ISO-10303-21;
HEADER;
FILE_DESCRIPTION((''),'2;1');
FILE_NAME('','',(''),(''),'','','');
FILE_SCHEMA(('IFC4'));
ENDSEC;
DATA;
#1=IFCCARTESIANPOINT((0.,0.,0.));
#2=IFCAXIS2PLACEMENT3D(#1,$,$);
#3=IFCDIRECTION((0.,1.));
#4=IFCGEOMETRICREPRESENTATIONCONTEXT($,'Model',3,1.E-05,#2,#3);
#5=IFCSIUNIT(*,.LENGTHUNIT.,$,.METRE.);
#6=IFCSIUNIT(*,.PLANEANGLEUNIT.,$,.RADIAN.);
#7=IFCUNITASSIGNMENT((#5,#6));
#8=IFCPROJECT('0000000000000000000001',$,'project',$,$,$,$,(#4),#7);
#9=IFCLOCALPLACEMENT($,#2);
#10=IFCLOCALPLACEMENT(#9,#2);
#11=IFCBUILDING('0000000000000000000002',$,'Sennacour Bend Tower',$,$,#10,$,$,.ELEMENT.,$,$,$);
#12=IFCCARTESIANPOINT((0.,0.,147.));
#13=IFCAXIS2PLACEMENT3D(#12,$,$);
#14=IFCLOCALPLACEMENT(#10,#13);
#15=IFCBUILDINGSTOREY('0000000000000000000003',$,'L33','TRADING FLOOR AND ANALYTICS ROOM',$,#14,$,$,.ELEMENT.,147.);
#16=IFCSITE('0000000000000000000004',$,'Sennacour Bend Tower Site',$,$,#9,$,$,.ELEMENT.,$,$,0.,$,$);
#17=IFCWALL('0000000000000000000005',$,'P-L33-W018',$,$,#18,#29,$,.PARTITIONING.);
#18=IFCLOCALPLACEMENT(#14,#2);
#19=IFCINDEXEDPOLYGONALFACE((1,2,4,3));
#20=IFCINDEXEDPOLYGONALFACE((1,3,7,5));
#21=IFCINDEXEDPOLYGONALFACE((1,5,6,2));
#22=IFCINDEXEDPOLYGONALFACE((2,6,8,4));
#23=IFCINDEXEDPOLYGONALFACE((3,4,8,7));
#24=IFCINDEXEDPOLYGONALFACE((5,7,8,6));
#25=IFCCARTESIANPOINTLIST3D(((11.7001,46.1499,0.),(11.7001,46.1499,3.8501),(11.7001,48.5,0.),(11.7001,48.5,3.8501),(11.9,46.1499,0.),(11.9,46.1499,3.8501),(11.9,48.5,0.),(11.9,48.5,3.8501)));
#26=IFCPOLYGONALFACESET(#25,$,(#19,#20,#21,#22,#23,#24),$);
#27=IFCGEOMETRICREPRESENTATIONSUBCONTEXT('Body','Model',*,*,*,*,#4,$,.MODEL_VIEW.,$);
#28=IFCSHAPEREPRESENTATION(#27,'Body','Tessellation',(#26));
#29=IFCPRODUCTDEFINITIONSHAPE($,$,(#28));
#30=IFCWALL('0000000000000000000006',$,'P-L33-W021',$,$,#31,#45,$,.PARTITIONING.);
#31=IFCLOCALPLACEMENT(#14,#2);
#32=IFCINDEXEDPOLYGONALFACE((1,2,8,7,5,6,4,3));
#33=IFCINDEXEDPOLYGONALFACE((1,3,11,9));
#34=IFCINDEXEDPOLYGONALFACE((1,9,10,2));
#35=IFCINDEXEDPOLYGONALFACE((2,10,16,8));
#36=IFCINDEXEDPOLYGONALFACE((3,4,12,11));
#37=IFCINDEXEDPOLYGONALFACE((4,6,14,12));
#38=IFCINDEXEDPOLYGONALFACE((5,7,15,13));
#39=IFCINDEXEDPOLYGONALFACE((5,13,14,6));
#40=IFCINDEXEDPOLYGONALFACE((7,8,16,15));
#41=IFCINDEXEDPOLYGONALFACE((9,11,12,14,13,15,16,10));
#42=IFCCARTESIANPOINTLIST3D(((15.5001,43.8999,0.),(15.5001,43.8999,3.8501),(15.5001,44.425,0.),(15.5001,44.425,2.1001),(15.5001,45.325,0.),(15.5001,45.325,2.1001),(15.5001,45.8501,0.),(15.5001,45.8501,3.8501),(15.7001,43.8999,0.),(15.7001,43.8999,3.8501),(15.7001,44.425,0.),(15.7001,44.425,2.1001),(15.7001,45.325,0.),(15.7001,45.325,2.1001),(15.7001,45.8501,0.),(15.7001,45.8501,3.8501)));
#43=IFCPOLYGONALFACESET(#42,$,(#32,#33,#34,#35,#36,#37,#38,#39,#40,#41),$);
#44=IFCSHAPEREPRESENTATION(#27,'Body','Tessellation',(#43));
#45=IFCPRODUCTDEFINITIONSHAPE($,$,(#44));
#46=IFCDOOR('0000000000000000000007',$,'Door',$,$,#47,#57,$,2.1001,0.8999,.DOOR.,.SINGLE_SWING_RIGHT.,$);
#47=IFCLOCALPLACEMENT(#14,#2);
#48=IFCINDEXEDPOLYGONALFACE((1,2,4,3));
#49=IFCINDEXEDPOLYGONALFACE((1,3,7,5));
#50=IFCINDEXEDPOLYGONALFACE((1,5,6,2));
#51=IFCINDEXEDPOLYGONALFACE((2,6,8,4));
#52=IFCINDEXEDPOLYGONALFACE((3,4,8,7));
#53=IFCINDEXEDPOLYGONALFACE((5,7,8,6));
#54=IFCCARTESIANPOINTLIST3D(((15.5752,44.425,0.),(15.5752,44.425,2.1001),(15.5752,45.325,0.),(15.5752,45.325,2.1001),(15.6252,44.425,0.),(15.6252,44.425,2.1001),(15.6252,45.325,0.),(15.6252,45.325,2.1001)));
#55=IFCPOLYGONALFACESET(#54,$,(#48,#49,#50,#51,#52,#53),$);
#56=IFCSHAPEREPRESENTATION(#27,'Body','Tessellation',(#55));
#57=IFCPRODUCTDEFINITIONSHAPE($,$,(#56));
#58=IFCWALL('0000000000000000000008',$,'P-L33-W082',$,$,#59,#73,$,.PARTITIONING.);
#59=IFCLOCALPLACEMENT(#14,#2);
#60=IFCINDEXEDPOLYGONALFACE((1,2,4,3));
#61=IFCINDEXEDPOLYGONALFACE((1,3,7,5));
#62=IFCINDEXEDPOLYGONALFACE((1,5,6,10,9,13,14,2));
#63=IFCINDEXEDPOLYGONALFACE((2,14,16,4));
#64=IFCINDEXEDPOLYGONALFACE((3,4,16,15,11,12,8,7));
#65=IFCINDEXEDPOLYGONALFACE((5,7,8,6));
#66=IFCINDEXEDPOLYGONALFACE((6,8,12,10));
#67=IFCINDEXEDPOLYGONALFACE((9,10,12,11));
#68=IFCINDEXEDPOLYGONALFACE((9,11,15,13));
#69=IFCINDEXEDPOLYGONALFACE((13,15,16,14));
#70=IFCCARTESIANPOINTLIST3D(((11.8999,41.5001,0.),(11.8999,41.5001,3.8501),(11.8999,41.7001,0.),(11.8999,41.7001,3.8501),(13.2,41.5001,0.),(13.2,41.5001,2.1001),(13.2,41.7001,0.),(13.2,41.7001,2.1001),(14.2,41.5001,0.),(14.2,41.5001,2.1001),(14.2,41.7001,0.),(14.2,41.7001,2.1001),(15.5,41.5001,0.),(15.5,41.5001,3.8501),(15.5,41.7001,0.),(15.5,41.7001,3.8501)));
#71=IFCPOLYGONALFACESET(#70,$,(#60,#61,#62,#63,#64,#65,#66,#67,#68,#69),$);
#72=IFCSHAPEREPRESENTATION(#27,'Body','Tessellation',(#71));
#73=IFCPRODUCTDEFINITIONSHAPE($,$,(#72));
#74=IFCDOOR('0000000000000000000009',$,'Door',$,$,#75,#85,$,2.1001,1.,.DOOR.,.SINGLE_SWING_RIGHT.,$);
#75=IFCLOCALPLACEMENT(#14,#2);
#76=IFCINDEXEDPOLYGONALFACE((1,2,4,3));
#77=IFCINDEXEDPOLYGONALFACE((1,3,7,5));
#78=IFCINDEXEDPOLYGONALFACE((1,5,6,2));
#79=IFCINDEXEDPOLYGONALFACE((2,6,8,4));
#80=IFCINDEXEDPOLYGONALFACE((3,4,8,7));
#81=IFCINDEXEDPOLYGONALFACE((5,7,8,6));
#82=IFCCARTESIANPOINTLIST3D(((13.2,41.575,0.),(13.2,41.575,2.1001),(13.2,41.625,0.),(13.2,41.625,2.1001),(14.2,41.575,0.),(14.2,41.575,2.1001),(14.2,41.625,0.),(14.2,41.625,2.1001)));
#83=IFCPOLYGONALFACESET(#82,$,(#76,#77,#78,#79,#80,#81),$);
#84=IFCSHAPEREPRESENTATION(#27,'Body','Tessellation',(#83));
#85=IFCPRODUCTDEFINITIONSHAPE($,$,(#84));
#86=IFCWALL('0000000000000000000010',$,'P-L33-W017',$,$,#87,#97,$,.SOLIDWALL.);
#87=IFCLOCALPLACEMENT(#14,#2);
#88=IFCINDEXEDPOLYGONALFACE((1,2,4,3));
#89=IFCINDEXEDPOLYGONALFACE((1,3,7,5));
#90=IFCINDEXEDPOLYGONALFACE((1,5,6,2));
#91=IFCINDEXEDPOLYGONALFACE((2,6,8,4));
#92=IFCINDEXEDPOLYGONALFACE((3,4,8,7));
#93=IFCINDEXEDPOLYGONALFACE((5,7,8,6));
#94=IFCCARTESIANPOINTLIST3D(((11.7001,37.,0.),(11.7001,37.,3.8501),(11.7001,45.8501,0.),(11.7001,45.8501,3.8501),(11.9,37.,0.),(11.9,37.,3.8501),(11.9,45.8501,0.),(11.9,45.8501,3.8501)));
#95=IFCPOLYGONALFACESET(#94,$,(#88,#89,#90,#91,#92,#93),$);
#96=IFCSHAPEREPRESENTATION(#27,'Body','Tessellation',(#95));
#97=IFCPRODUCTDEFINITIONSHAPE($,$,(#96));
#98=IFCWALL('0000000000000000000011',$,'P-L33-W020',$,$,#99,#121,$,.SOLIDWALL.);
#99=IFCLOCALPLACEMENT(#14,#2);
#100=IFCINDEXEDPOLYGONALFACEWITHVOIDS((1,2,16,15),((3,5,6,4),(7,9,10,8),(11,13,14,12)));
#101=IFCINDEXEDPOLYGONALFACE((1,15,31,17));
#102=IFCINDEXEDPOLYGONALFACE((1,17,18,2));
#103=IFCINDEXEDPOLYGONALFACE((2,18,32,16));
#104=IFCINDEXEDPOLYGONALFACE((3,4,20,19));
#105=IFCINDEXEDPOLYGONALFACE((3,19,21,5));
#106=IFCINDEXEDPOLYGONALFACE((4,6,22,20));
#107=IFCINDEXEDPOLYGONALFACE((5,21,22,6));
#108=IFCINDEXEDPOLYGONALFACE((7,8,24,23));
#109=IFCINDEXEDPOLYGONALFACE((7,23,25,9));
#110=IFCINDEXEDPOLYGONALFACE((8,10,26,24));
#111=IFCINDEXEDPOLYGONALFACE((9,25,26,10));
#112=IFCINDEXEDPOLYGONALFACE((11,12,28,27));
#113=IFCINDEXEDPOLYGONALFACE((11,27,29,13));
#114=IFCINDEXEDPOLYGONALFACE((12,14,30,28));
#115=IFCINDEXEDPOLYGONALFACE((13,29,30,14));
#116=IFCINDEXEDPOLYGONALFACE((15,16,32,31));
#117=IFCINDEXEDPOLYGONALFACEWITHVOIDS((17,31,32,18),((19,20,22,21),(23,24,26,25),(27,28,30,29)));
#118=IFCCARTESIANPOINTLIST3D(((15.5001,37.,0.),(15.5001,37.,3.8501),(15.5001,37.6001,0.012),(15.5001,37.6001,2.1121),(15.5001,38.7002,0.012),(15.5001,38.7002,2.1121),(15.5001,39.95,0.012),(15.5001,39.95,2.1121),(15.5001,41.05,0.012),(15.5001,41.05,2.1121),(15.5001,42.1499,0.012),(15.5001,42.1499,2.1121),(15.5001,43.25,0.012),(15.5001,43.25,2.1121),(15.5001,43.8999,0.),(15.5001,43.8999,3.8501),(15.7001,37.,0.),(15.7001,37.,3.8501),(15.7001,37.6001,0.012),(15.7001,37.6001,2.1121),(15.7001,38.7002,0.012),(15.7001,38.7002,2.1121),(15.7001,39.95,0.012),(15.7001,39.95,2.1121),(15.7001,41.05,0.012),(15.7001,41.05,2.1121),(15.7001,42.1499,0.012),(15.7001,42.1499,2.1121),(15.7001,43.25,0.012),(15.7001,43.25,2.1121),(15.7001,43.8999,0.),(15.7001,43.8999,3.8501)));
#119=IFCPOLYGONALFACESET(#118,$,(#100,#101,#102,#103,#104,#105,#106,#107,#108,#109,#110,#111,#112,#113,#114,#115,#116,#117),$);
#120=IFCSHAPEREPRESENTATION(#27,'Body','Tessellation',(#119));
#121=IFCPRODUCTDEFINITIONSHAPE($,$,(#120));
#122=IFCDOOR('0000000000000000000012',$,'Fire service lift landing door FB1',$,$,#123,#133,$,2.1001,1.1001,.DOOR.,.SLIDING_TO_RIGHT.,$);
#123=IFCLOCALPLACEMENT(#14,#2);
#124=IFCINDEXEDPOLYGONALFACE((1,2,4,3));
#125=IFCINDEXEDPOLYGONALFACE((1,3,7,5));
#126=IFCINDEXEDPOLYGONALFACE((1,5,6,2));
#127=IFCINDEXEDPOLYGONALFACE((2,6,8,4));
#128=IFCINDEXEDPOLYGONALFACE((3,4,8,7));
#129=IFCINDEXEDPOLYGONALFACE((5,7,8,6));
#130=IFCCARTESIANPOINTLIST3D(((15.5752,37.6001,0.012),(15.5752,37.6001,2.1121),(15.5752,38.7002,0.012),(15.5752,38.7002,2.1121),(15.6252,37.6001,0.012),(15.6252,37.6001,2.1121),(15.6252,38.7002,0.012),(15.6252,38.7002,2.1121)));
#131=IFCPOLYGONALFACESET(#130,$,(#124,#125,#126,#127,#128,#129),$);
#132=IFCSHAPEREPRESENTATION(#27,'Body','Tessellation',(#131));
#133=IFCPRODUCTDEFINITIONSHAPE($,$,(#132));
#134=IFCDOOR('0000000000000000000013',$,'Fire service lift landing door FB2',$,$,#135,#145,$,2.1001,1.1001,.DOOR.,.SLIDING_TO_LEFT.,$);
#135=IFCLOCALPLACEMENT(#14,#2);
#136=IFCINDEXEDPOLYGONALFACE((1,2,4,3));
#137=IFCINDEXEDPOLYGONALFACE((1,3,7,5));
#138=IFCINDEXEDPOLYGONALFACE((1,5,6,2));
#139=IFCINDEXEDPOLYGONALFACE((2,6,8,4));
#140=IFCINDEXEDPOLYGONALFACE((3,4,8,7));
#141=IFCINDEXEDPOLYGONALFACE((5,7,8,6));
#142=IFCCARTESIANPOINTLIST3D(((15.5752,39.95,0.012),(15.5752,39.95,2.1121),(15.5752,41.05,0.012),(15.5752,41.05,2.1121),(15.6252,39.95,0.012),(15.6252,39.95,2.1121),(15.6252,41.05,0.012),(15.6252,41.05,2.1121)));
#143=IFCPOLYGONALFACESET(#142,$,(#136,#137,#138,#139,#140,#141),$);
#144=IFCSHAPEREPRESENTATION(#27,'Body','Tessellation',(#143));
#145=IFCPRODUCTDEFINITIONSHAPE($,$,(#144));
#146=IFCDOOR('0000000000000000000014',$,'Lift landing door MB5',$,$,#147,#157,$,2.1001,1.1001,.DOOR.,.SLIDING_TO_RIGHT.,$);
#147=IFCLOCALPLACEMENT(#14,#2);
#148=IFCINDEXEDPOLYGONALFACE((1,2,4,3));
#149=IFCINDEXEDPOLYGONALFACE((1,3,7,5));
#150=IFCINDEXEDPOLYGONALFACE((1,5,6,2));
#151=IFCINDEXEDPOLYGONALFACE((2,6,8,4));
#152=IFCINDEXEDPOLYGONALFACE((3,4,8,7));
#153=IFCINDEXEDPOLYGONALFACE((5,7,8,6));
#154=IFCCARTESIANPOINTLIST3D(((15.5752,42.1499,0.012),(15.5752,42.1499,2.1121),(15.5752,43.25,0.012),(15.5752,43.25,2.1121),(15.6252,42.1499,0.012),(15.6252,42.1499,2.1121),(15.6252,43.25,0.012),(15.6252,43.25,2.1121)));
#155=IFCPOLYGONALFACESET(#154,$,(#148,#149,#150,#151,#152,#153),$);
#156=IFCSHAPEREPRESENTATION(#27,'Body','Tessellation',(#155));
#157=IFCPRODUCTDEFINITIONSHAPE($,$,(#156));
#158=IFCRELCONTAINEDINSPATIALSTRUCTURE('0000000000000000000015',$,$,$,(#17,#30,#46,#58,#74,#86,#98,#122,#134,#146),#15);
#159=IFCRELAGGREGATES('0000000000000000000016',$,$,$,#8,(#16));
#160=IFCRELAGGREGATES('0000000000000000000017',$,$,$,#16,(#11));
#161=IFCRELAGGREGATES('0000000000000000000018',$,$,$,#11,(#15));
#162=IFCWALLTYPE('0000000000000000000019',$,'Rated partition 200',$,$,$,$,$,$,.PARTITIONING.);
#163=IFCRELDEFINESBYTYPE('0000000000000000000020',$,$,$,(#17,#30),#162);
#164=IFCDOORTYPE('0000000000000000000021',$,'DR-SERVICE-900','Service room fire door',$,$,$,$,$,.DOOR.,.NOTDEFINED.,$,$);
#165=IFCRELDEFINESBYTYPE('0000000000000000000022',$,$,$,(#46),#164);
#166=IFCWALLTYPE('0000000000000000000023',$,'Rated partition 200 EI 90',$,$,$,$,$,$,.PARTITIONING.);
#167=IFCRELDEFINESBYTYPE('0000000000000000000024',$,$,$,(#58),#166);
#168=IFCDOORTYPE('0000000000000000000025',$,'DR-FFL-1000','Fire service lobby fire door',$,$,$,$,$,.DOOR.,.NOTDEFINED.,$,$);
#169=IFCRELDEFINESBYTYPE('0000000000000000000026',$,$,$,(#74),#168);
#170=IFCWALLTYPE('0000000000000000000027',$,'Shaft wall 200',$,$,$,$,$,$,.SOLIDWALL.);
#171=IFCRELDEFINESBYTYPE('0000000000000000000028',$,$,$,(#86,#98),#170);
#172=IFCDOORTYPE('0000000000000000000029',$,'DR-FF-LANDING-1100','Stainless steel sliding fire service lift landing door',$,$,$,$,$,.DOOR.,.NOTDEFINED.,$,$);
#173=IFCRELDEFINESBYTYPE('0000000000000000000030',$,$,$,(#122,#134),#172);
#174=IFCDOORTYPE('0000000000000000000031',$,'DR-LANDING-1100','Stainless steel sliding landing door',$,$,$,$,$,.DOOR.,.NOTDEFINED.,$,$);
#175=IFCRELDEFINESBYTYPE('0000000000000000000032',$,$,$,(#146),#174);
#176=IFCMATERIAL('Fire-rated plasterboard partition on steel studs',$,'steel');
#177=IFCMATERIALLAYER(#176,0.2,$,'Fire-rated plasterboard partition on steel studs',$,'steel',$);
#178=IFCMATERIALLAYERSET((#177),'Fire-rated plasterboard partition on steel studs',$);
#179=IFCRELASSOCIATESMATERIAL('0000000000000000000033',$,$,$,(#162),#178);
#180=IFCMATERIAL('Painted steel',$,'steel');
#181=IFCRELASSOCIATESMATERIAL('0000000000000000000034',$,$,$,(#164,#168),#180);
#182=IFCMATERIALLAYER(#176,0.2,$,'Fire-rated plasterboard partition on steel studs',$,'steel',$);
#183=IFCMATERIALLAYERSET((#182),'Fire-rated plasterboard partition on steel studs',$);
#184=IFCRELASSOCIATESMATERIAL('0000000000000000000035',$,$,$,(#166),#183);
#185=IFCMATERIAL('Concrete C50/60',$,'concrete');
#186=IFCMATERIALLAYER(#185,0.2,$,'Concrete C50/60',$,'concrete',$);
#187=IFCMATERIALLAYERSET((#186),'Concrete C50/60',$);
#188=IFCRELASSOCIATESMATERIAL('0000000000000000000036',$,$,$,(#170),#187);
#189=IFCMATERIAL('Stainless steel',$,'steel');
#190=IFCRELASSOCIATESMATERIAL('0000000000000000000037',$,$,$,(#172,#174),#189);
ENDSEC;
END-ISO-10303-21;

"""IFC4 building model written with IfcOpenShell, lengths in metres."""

from ifc_helpers import new_model, si_unit, direction, frame, frame_2d, origin, place, context, subcontext, project, spatial, rectangle, extrude, material, layer, layer_set, type_object, element, fill, save


model = new_model("IFC4")

# Units and contexts
model_context = context("Model", 3, precision=1e-05, world=origin(), true_north=direction((0.0, 1.0)))
body_context = subcontext(model_context, "Body", "Model", "MODEL_VIEW")
ifc_project = project(units=[si_unit("LENGTHUNIT", "METRE"), si_unit("PLANEANGLEUNIT", "RADIAN")], contexts=[model_context])

# Site, building, storey
site_placement = place(None, origin())
site = spatial("IfcSite", under=ifc_project, at=site_placement, Name="Sennacour Bend Tower Site", CompositionType="ELEMENT", RefElevation=0.0)
building_placement = place(site_placement, origin())
building = spatial("IfcBuilding", under=site, at=building_placement, Name="Sennacour Bend Tower", CompositionType="ELEMENT")
storey_placement = place(building_placement, frame((0.0, 0.0, 147.0)))
storey = spatial("IfcBuildingStorey", under=building, at=storey_placement, Name="L33", Description="TRADING FLOOR AND ANALYTICS ROOM", CompositionType="ELEMENT", Elevation=147.0)

# Wall
ifc_material_1 = material(Name="Fire-rated plasterboard partition on steel studs", Category="steel")
ifc_layer_1 = layer(ifc_material_1, 0.2, Name="Fire-rated plasterboard partition on steel studs", Category="steel")
ifc_layer_set_1 = layer_set([ifc_layer_1], Name="Fire-rated plasterboard partition on steel studs")
wall_type_1 = type_object("IfcWallType", Name="Rated partition 200", PredefinedType="PARTITIONING", material=ifc_layer_set_1)
wall_1_placement = place(storey_placement, frame((11.8, 46.1499, 0.0), z_axis=(0.0, 0.0, 1.0), x_axis=(0.0, 1.0, 0.0)))
element("IfcWall", 1, at=wall_1_placement, inside=storey, type_object=wall_type_1, Name="P-L33-W018", PredefinedType="PARTITIONING", context=body_context, shape_type="SweptSolid", body=[
    extrude(rectangle(XDim=2.3501, YDim=0.2, at=frame_2d((1.175, 0.0))), origin(), (0.0, 0.0, 1.0), 3.8501),
])

# Walls, openings, doors
wall_2_placement = place(storey_placement, frame((15.6001, 43.8999, 0.0), z_axis=(0.0, 0.0, 1.0), x_axis=(0.0, 1.0, 0.0)))
wall_2 = element("IfcWall", 2, at=wall_2_placement, inside=storey, type_object=wall_type_1, Name="P-L33-W021", PredefinedType="PARTITIONING", context=body_context, shape_type="SweptSolid", body=[
    extrude(rectangle(XDim=1.9502, YDim=0.2, at=frame_2d((0.9751, 0.0))), origin(), (0.0, 0.0, 1.0), 3.8501),
])
opening_1_placement = place(wall_2_placement, frame((0.5251, 0.0, 0.0)))
opening_1 = element("IfcOpeningElement", 3, at=opening_1_placement, cuts=wall_2, PredefinedType="OPENING", context=body_context, shape_type="SweptSolid", body=[
    extrude(rectangle(XDim=0.8999, YDim=2.1001, at=frame_2d((0.45, 1.05))), frame((0.0, 0.1099, 0.0), z_axis=(0.0, -1.0, 0.0), x_axis=(1.0, 0.0, 0.0)), (0.0, 0.0, 1.0), 0.22),
])
ifc_material_2 = material(Name="Painted steel", Category="steel")
door_type_1 = type_object("IfcDoorType", Name="DR-SERVICE-900", Description="Service room fire door", OperationType="NOTDEFINED", PredefinedType="DOOR", material=ifc_material_2)
door_1_placement = place(opening_1_placement, origin())
door_1 = element("IfcDoor", 4, at=door_1_placement, inside=storey, type_object=door_type_1, Name="Door", OperationType="SINGLE_SWING_RIGHT", OverallHeight=2.1001, OverallWidth=0.8999, PredefinedType="DOOR", context=body_context, shape_type="SweptSolid", body=[
    extrude(rectangle(XDim=0.8999, YDim=2.1001, at=frame_2d((0.45, 1.05))), frame((0.0, 0.0249, 0.0), z_axis=(0.0, -1.0, 0.0), x_axis=(1.0, 0.0, 0.0)), (0.0, 0.0, 1.0), 0.05),
])
fill(opening_1, door_1)
ifc_layer_2 = layer(ifc_material_1, 0.2, Name="Fire-rated plasterboard partition on steel studs", Category="steel")
ifc_layer_set_2 = layer_set([ifc_layer_2], Name="Fire-rated plasterboard partition on steel studs")
wall_type_2 = type_object("IfcWallType", Name="Rated partition 200 EI 90", PredefinedType="PARTITIONING", material=ifc_layer_set_2)
wall_3_placement = place(storey_placement, frame((11.8999, 41.6001, 0.0), z_axis=(0.0, 0.0, 1.0), x_axis=(1.0, 0.0, 0.0)))
wall_3 = element("IfcWall", 5, at=wall_3_placement, inside=storey, type_object=wall_type_2, Name="P-L33-W082", PredefinedType="PARTITIONING", context=body_context, shape_type="SweptSolid", body=[
    extrude(rectangle(XDim=3.6001, YDim=0.2, at=frame_2d((1.8, 0.0))), origin(), (0.0, 0.0, 1.0), 3.8501),
])
opening_2_placement = place(wall_3_placement, frame((1.3, 0.0, 0.0)))
opening_2 = element("IfcOpeningElement", 6, at=opening_2_placement, cuts=wall_3, PredefinedType="OPENING", context=body_context, shape_type="SweptSolid", body=[
    extrude(rectangle(XDim=1.0, YDim=2.1001, at=frame_2d((0.5, 1.05))), frame((0.0, 0.1099, 0.0), z_axis=(0.0, -1.0, 0.0), x_axis=(1.0, 0.0, 0.0)), (0.0, 0.0, 1.0), 0.22),
])
door_type_2 = type_object("IfcDoorType", Name="DR-FFL-1000", Description="Fire service lobby fire door", OperationType="NOTDEFINED", PredefinedType="DOOR", material=ifc_material_2)
door_2_placement = place(opening_2_placement, origin())
door_2 = element("IfcDoor", 7, at=door_2_placement, inside=storey, type_object=door_type_2, Name="Door", OperationType="SINGLE_SWING_RIGHT", OverallHeight=2.1001, OverallWidth=1.0, PredefinedType="DOOR", context=body_context, shape_type="SweptSolid", body=[
    extrude(rectangle(XDim=1.0, YDim=2.1001, at=frame_2d((0.5, 1.05))), frame((0.0, 0.0249, 0.0), z_axis=(0.0, -1.0, 0.0), x_axis=(1.0, 0.0, 0.0)), (0.0, 0.0, 1.0), 0.05),
])
fill(opening_2, door_2)

# Wall
ifc_material_3 = material(Name="Concrete C50/60", Category="concrete")
ifc_layer_3 = layer(ifc_material_3, 0.2, Name="Concrete C50/60", Category="concrete")
ifc_layer_set_3 = layer_set([ifc_layer_3], Name="Concrete C50/60")
wall_type_3 = type_object("IfcWallType", Name="Shaft wall 200", PredefinedType="SOLIDWALL", material=ifc_layer_set_3)
wall_4_placement = place(storey_placement, frame((11.8, 37.0, 0.0), z_axis=(0.0, 0.0, 1.0), x_axis=(0.0, 1.0, 0.0)))
element("IfcWall", 8, at=wall_4_placement, inside=storey, type_object=wall_type_3, Name="P-L33-W017", PredefinedType="SOLIDWALL", context=body_context, shape_type="SweptSolid", body=[
    extrude(rectangle(XDim=8.8501, YDim=0.2, at=frame_2d((4.425, 0.0))), origin(), (0.0, 0.0, 1.0), 3.8501),
])

# Wall, openings, doors
wall_5_placement = place(storey_placement, frame((15.6001, 37.0, 0.0), z_axis=(0.0, 0.0, 1.0), x_axis=(0.0, 1.0, 0.0)))
wall_5 = element("IfcWall", 9, at=wall_5_placement, inside=storey, type_object=wall_type_3, Name="P-L33-W020", PredefinedType="SOLIDWALL", context=body_context, shape_type="SweptSolid", body=[
    extrude(rectangle(XDim=6.8999, YDim=0.2, at=frame_2d((3.45, 0.0))), origin(), (0.0, 0.0, 1.0), 3.8501),
])
opening_3_placement = place(wall_5_placement, frame((0.6001, 0.0, 0.012)))
opening_3 = element("IfcOpeningElement", 10, at=opening_3_placement, cuts=wall_5, PredefinedType="OPENING", context=body_context, shape_type="SweptSolid", body=[
    extrude(rectangle(XDim=1.1001, YDim=2.1001, at=frame_2d((0.55, 1.05))), frame((0.0, 0.1099, 0.0), z_axis=(0.0, -1.0, 0.0), x_axis=(1.0, 0.0, 0.0)), (0.0, 0.0, 1.0), 0.22),
])
opening_4_placement = place(wall_5_placement, frame((2.95, 0.0, 0.012)))
opening_4 = element("IfcOpeningElement", 11, at=opening_4_placement, cuts=wall_5, PredefinedType="OPENING", context=body_context, shape_type="SweptSolid", body=[
    extrude(rectangle(XDim=1.1001, YDim=2.1001, at=frame_2d((0.55, 1.05))), frame((0.0, 0.1099, 0.0), z_axis=(0.0, -1.0, 0.0), x_axis=(1.0, 0.0, 0.0)), (0.0, 0.0, 1.0), 0.22),
])
opening_5_placement = place(wall_5_placement, frame((5.1499, 0.0, 0.012)))
opening_5 = element("IfcOpeningElement", 12, at=opening_5_placement, cuts=wall_5, PredefinedType="OPENING", context=body_context, shape_type="SweptSolid", body=[
    extrude(rectangle(XDim=1.1001, YDim=2.1001, at=frame_2d((0.55, 1.05))), frame((0.0, 0.1099, 0.0), z_axis=(0.0, -1.0, 0.0), x_axis=(1.0, 0.0, 0.0)), (0.0, 0.0, 1.0), 0.22),
])
ifc_material_4 = material(Name="Stainless steel", Category="steel")
door_type_3 = type_object("IfcDoorType", Name="DR-FF-LANDING-1100", Description="Stainless steel sliding fire service lift landing door", OperationType="NOTDEFINED", PredefinedType="DOOR", material=ifc_material_4)
door_3_placement = place(opening_3_placement, origin())
door_3 = element("IfcDoor", 13, at=door_3_placement, inside=storey, type_object=door_type_3, Name="Fire service lift landing door FB1", OperationType="SLIDING_TO_RIGHT", OverallHeight=2.1001, OverallWidth=1.1001, PredefinedType="DOOR", context=body_context, shape_type="SweptSolid", body=[
    extrude(rectangle(XDim=1.1001, YDim=2.1001, at=frame_2d((0.55, 1.05))), frame((0.0, 0.0249, 0.0), z_axis=(0.0, -1.0, 0.0), x_axis=(1.0, 0.0, 0.0)), (0.0, 0.0, 1.0), 0.05),
])
fill(opening_3, door_3)
door_4_placement = place(opening_4_placement, origin())
door_4 = element("IfcDoor", 14, at=door_4_placement, inside=storey, type_object=door_type_3, Name="Fire service lift landing door FB2", OperationType="SLIDING_TO_LEFT", OverallHeight=2.1001, OverallWidth=1.1001, PredefinedType="DOOR", context=body_context, shape_type="SweptSolid", body=[
    extrude(rectangle(XDim=1.1001, YDim=2.1001, at=frame_2d((0.55, 1.05))), frame((0.0, 0.0249, 0.0), z_axis=(0.0, -1.0, 0.0), x_axis=(1.0, 0.0, 0.0)), (0.0, 0.0, 1.0), 0.05),
])
fill(opening_4, door_4)
door_type_4 = type_object("IfcDoorType", Name="DR-LANDING-1100", Description="Stainless steel sliding landing door", OperationType="NOTDEFINED", PredefinedType="DOOR", material=ifc_material_4)
door_5_placement = place(opening_5_placement, origin())
door_5 = element("IfcDoor", 15, at=door_5_placement, inside=storey, type_object=door_type_4, Name="Lift landing door MB5", OperationType="SLIDING_TO_RIGHT", OverallHeight=2.1001, OverallWidth=1.1001, PredefinedType="DOOR", context=body_context, shape_type="SweptSolid", body=[
    extrude(rectangle(XDim=1.1001, YDim=2.1001, at=frame_2d((0.55, 1.05))), frame((0.0, 0.0249, 0.0), z_axis=(0.0, -1.0, 0.0), x_axis=(1.0, 0.0, 0.0)), (0.0, 0.0, 1.0), 0.05),
])
fill(opening_5, door_5)

save(model, "model.ifc")
